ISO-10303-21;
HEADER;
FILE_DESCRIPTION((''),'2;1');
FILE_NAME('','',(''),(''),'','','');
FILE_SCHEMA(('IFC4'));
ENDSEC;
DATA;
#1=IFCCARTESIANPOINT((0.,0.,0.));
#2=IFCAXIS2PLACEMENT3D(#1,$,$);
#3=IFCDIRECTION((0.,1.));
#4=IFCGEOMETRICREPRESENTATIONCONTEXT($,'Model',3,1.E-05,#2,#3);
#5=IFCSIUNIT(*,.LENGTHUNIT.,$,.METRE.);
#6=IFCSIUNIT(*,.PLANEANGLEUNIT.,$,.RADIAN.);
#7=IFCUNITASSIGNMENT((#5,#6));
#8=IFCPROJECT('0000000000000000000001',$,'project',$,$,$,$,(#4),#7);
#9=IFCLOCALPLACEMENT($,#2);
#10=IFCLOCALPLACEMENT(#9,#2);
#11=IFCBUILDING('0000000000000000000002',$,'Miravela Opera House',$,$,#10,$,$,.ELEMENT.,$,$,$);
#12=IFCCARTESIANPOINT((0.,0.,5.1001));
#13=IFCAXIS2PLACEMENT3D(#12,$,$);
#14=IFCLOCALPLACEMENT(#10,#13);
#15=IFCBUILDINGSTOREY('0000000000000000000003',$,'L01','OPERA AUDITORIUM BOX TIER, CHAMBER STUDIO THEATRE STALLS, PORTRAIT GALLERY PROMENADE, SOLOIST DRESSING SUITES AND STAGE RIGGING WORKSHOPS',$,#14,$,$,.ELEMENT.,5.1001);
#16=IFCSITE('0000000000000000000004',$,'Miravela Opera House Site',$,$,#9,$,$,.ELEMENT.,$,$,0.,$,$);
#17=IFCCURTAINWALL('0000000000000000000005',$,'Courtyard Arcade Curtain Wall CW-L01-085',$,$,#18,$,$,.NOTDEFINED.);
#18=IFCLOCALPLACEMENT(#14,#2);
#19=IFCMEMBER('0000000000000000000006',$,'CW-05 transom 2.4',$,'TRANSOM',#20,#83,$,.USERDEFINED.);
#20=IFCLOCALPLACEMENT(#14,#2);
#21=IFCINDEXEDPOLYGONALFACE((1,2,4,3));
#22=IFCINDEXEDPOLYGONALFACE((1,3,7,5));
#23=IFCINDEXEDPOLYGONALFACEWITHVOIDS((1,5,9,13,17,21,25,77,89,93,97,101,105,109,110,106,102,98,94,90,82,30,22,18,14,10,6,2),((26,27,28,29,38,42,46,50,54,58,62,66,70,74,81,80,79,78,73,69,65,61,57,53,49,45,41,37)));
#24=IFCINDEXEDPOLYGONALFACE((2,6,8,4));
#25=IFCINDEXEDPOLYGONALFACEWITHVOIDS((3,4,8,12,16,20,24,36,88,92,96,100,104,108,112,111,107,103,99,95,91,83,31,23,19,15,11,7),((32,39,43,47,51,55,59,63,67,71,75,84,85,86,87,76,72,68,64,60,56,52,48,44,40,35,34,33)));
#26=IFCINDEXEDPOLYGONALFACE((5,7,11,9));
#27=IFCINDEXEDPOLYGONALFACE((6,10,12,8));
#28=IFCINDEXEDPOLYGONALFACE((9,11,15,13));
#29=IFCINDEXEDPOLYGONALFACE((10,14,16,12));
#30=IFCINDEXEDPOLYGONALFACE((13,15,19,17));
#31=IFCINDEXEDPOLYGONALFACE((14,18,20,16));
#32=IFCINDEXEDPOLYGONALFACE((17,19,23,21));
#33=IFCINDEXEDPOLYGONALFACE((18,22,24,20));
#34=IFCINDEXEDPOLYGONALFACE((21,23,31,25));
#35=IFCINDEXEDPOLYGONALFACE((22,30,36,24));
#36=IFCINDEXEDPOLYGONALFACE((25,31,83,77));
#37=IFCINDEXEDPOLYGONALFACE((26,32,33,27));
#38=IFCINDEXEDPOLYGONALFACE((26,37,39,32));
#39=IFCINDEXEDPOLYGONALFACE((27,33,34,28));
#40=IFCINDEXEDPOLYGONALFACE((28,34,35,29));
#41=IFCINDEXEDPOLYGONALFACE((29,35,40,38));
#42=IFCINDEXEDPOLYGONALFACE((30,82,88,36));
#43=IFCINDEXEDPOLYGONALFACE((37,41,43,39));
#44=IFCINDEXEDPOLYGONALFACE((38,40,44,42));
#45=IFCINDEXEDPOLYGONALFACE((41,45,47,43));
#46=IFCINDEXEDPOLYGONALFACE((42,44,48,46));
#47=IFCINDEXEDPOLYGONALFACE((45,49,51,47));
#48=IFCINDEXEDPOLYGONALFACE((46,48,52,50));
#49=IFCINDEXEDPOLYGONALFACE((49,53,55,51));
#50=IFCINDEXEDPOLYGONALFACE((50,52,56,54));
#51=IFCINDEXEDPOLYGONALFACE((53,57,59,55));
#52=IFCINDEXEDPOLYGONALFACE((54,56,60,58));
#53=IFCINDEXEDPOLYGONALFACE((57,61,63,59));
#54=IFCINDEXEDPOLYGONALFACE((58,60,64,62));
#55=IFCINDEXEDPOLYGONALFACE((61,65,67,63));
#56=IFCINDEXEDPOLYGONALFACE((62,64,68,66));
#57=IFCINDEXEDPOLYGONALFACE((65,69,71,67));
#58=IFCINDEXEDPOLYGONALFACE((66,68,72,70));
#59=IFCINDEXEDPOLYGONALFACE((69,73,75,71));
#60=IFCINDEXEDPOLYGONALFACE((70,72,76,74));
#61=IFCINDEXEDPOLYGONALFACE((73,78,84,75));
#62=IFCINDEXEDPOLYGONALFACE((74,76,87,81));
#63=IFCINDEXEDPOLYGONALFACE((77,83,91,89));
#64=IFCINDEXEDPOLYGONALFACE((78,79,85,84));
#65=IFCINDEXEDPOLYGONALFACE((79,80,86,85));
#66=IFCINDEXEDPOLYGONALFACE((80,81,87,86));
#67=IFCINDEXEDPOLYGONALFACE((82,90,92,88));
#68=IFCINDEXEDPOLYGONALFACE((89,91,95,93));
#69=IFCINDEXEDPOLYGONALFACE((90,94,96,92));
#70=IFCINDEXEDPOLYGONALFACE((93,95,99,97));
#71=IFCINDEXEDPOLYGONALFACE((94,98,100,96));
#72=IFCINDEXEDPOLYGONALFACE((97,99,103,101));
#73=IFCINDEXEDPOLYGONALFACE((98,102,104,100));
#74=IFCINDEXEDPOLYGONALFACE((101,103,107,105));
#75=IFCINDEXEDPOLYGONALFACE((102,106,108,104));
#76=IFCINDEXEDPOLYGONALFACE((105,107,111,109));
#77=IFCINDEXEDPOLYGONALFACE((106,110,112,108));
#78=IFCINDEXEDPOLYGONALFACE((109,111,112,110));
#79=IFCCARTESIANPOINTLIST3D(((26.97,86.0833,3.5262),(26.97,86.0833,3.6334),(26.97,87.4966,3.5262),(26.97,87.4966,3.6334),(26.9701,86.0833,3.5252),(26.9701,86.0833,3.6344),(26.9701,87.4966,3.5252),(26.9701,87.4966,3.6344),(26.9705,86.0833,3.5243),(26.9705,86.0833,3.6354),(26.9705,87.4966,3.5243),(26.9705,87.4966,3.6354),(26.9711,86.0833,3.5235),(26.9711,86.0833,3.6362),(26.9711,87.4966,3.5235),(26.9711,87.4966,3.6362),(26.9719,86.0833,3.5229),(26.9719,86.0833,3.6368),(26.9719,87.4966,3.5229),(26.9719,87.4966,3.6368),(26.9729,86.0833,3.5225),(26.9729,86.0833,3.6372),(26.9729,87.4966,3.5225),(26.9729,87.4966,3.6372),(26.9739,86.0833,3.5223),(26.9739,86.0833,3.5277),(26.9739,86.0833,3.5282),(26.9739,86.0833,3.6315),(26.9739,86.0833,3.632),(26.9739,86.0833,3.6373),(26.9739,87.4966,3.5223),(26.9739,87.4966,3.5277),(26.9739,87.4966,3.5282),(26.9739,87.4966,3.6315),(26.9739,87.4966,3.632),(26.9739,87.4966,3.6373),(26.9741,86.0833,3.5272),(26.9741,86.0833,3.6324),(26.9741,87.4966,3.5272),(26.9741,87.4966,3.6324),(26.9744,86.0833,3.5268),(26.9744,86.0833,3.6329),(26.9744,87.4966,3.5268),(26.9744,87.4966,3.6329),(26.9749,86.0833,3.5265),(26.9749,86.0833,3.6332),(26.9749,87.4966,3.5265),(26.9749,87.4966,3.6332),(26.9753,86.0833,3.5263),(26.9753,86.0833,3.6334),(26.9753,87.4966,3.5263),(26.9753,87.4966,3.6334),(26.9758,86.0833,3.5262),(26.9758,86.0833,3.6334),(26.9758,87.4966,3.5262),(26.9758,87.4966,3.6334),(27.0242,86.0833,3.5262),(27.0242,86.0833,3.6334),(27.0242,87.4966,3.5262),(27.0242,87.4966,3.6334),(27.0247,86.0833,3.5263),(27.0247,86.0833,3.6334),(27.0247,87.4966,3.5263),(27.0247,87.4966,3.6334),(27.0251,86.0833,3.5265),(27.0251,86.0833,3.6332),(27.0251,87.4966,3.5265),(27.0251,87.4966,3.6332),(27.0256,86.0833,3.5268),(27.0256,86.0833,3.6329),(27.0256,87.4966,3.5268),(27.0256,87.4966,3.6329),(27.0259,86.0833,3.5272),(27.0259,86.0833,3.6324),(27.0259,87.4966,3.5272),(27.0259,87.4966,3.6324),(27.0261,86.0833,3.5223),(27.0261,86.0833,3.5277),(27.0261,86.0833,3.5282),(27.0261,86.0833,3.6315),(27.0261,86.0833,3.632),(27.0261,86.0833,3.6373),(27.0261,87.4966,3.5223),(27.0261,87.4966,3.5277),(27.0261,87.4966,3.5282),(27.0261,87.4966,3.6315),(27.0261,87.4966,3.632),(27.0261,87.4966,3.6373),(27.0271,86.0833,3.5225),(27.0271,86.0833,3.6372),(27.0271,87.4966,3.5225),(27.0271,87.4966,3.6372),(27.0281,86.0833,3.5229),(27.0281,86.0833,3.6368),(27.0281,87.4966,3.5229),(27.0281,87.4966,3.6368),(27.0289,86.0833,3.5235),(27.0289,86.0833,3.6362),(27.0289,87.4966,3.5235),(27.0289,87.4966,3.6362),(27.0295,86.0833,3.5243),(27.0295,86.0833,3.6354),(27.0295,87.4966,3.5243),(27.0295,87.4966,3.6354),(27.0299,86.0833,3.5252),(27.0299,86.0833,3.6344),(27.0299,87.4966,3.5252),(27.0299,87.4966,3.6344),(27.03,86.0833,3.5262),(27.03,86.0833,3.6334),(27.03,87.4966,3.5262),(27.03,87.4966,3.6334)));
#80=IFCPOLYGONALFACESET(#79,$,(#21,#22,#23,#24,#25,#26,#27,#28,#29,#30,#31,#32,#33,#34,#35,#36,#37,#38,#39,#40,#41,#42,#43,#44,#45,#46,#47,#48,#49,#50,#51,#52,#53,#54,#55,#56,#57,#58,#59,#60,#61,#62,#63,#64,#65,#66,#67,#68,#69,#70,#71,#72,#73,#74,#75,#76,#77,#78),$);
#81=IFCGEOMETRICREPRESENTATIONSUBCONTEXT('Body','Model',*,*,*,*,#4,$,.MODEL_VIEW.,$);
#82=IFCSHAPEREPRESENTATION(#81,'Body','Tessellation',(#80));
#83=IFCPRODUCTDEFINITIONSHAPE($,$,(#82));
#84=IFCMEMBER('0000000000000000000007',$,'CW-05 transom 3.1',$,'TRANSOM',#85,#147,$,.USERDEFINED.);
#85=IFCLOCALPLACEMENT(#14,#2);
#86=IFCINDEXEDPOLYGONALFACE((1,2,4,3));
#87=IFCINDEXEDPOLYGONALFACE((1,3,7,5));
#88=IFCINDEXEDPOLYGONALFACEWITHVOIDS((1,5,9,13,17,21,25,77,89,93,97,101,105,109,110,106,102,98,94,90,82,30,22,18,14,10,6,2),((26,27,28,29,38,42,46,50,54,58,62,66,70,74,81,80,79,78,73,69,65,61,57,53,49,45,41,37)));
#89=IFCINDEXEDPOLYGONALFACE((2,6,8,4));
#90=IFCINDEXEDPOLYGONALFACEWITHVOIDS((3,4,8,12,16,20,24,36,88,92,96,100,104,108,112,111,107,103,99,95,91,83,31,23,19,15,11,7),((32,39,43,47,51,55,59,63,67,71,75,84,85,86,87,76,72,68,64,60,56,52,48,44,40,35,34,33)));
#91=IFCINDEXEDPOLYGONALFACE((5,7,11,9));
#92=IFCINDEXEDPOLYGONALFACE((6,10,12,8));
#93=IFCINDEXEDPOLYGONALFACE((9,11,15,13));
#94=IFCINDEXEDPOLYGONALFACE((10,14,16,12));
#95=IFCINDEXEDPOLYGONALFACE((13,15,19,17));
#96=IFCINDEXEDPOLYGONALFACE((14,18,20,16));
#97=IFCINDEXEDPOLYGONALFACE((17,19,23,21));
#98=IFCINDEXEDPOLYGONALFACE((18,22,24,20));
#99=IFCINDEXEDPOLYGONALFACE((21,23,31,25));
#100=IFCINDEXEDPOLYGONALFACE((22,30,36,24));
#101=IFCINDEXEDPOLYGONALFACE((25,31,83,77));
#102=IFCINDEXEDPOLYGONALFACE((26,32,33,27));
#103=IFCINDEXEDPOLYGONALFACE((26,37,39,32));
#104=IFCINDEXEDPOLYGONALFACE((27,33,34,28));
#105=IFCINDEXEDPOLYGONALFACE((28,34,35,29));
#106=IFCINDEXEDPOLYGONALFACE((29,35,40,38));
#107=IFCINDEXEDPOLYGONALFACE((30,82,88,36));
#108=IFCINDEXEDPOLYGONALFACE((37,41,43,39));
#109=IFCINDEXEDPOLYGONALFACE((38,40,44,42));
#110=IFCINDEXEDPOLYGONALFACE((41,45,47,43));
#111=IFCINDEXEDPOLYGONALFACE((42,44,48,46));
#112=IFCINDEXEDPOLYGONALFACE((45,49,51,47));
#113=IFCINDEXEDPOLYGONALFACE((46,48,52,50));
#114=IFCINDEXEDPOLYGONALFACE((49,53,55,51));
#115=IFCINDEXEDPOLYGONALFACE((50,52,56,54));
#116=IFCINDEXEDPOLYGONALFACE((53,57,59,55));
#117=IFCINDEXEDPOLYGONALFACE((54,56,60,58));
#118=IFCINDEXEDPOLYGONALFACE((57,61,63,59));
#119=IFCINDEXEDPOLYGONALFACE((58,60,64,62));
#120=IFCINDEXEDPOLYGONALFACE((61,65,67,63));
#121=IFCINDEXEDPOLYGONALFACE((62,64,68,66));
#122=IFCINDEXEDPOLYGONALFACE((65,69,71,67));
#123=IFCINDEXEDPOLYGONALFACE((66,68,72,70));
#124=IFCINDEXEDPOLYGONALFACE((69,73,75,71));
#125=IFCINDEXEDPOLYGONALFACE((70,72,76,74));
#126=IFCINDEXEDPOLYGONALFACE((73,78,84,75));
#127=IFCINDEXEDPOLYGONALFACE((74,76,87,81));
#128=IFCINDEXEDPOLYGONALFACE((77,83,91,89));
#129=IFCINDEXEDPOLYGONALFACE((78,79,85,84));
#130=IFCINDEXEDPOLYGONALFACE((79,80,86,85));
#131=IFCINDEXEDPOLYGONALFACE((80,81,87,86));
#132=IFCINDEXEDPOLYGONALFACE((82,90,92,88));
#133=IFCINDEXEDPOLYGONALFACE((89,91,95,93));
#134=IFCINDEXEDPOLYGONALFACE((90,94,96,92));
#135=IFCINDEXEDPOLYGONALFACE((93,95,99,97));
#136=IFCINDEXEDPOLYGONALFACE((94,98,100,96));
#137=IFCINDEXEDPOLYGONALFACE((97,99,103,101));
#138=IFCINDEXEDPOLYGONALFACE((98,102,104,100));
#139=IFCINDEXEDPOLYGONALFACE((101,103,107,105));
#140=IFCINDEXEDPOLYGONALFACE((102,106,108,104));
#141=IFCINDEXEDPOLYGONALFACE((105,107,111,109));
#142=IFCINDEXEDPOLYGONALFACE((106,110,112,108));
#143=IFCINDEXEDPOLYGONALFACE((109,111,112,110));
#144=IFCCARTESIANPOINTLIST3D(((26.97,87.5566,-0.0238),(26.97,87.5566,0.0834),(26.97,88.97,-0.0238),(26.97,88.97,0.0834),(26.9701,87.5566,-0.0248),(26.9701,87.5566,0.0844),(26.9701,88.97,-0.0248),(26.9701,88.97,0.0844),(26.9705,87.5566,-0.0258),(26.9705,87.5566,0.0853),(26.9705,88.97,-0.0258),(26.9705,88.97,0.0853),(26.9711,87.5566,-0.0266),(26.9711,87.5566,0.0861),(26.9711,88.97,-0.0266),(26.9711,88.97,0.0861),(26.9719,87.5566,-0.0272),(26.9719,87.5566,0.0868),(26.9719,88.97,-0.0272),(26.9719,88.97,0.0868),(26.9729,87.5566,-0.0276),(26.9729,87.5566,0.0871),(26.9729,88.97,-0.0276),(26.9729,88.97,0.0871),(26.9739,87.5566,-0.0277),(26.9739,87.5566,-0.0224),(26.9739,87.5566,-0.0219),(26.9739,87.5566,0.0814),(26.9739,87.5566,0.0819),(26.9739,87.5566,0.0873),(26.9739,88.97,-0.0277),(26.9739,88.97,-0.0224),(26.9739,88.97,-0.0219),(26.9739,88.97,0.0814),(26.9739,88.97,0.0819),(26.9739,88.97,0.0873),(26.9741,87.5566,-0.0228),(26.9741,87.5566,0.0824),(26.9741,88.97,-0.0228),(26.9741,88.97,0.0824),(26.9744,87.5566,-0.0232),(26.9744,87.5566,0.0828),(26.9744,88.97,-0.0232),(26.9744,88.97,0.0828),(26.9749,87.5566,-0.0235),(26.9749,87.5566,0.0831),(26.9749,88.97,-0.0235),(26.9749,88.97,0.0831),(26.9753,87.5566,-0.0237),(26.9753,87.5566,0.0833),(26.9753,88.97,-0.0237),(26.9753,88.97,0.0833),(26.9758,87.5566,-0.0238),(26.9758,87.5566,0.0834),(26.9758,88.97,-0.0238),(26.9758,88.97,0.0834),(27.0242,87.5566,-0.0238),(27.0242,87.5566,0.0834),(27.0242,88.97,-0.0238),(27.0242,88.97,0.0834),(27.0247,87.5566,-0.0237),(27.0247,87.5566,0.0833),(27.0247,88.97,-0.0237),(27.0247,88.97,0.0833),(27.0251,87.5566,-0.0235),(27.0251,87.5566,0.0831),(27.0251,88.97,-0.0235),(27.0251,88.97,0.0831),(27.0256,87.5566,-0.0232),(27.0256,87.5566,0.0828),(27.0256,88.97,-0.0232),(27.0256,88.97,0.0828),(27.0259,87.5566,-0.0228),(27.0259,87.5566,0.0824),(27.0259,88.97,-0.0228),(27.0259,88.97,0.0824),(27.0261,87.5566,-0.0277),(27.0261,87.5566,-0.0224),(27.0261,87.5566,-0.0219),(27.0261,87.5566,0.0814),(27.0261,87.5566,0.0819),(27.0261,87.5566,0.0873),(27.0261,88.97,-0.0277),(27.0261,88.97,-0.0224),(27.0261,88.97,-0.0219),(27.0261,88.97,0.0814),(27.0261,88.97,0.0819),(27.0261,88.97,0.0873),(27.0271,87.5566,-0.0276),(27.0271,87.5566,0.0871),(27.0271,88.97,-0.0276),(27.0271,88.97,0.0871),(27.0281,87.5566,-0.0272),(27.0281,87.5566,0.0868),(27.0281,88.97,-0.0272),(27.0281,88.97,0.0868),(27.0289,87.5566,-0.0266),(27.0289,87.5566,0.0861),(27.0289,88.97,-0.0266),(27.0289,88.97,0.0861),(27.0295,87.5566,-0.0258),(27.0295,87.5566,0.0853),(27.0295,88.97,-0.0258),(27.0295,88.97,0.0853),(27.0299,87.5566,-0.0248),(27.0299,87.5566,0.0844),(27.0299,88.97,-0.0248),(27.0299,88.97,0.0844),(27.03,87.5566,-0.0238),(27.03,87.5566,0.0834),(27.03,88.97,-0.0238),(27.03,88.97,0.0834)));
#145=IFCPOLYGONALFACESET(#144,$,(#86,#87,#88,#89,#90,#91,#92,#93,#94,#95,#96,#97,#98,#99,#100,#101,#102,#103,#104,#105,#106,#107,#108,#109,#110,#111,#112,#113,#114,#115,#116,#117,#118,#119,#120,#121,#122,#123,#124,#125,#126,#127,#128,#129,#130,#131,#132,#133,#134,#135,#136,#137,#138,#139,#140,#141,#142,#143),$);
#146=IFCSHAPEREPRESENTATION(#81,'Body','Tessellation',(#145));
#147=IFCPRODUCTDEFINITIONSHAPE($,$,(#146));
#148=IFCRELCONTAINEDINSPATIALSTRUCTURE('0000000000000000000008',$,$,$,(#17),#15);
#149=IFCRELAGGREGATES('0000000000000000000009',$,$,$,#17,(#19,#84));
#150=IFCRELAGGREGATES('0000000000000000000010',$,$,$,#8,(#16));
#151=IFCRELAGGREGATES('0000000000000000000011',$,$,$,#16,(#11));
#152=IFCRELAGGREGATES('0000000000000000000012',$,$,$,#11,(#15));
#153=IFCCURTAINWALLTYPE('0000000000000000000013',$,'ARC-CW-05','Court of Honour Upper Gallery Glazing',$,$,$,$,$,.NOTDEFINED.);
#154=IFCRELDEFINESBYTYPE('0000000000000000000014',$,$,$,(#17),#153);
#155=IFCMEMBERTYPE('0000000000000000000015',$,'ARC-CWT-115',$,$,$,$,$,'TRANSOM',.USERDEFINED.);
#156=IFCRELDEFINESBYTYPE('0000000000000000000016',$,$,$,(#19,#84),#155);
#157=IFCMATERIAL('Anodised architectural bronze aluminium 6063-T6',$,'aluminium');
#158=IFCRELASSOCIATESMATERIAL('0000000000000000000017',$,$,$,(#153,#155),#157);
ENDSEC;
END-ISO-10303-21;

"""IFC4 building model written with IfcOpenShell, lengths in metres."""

from ifc_helpers import new_model, si_unit, direction, frame, origin, origin_2d, place, context, subcontext, project, spatial, hollow_rectangle, extrude, material, material_profile, profile_set, type_object, element, aggregate, save


model = new_model("IFC4")

# Units and contexts
model_context = context("Model", 3, precision=1e-05, world=origin(), true_north=direction((0.0, 1.0)))
body_context = subcontext(model_context, "Body", "Model", "MODEL_VIEW")
ifc_project = project(units=[si_unit("LENGTHUNIT", "METRE"), si_unit("PLANEANGLEUNIT", "RADIAN")], contexts=[model_context])

# Site, building, storey
site_placement = place(None, origin())
site = spatial("IfcSite", under=ifc_project, at=site_placement, Name="Miravela Opera House Site", CompositionType="ELEMENT", RefElevation=0.0)
building_placement = place(site_placement, origin())
building = spatial("IfcBuilding", under=site, at=building_placement, Name="Miravela Opera House", CompositionType="ELEMENT")
storey_placement = place(building_placement, frame((0.0, 0.0, 5.1001)))
storey = spatial("IfcBuildingStorey", under=building, at=storey_placement, Name="L01", Description="OPERA AUDITORIUM BOX TIER, CHAMBER STUDIO THEATRE STALLS, PORTRAIT GALLERY PROMENADE, SOLOIST DRESSING SUITES AND STAGE RIGGING WORKSHOPS", CompositionType="ELEMENT", Elevation=5.1001)

# Curtain wall, members
ifc_material_1 = material(Name="Anodised architectural bronze aluminium 6063-T6", Category="aluminium")
curtain_wall_type = type_object("IfcCurtainWallType", Name="ARC-CW-05", Description="Court of Honour Upper Gallery Glazing", PredefinedType="NOTDEFINED", material=ifc_material_1)
curtain_wall_placement = place(storey_placement, origin())
curtain_wall = element("IfcCurtainWall", 1, at=curtain_wall_placement, inside=storey, type_object=curtain_wall_type, Name="Courtyard Arcade Curtain Wall CW-L01-085", PredefinedType="NOTDEFINED")
ifc_material_profile_1 = material_profile(ifc_material_1, hollow_rectangle(XDim=0.0601, YDim=0.115, WallThickness=0.0039, InnerFilletRadius=0.002, OuterFilletRadius=0.0039, at=origin_2d()), Name="CWT-60X115")
ifc_profile_set_1 = profile_set([ifc_material_profile_1])
member_type_1 = type_object("IfcMemberType", Name="ARC-CWT-115", ElementType="TRANSOM", PredefinedType="USERDEFINED", material=ifc_profile_set_1)
member_1_placement = place(storey_placement, frame((27.0, 86.0833, 3.5798), z_axis=(0.0, 1.0, 0.0), x_axis=(-1.0, 0.0, 0.0)))
member_1 = element("IfcMember", 2, at=member_1_placement, type_object=member_type_1, Name="CW-05 transom 2.4", ObjectType="TRANSOM", PredefinedType="USERDEFINED", context=body_context, shape_type="SweptSolid", body=[
    extrude(hollow_rectangle(XDim=0.0601, YDim=0.115, WallThickness=0.0039, InnerFilletRadius=0.002, OuterFilletRadius=0.0039, at=origin_2d()), origin(), (0.0, 0.0, 1.0), 1.4133),
])
member_2_placement = place(storey_placement, frame((27.0, 87.5566, 0.0298), z_axis=(0.0, 1.0, 0.0), x_axis=(-1.0, 0.0, 0.0)))
member_2 = element("IfcMember", 3, at=member_2_placement, type_object=member_type_1, Name="CW-05 transom 3.1", ObjectType="TRANSOM", PredefinedType="USERDEFINED", context=body_context, shape_type="SweptSolid", body=[
    extrude(hollow_rectangle(XDim=0.0601, YDim=0.115, WallThickness=0.0039, InnerFilletRadius=0.002, OuterFilletRadius=0.0039, at=origin_2d()), origin(), (0.0, 0.0, 1.0), 1.4133),
])

aggregate(curtain_wall, [member_1, member_2])

save(model, "model.ifc")
